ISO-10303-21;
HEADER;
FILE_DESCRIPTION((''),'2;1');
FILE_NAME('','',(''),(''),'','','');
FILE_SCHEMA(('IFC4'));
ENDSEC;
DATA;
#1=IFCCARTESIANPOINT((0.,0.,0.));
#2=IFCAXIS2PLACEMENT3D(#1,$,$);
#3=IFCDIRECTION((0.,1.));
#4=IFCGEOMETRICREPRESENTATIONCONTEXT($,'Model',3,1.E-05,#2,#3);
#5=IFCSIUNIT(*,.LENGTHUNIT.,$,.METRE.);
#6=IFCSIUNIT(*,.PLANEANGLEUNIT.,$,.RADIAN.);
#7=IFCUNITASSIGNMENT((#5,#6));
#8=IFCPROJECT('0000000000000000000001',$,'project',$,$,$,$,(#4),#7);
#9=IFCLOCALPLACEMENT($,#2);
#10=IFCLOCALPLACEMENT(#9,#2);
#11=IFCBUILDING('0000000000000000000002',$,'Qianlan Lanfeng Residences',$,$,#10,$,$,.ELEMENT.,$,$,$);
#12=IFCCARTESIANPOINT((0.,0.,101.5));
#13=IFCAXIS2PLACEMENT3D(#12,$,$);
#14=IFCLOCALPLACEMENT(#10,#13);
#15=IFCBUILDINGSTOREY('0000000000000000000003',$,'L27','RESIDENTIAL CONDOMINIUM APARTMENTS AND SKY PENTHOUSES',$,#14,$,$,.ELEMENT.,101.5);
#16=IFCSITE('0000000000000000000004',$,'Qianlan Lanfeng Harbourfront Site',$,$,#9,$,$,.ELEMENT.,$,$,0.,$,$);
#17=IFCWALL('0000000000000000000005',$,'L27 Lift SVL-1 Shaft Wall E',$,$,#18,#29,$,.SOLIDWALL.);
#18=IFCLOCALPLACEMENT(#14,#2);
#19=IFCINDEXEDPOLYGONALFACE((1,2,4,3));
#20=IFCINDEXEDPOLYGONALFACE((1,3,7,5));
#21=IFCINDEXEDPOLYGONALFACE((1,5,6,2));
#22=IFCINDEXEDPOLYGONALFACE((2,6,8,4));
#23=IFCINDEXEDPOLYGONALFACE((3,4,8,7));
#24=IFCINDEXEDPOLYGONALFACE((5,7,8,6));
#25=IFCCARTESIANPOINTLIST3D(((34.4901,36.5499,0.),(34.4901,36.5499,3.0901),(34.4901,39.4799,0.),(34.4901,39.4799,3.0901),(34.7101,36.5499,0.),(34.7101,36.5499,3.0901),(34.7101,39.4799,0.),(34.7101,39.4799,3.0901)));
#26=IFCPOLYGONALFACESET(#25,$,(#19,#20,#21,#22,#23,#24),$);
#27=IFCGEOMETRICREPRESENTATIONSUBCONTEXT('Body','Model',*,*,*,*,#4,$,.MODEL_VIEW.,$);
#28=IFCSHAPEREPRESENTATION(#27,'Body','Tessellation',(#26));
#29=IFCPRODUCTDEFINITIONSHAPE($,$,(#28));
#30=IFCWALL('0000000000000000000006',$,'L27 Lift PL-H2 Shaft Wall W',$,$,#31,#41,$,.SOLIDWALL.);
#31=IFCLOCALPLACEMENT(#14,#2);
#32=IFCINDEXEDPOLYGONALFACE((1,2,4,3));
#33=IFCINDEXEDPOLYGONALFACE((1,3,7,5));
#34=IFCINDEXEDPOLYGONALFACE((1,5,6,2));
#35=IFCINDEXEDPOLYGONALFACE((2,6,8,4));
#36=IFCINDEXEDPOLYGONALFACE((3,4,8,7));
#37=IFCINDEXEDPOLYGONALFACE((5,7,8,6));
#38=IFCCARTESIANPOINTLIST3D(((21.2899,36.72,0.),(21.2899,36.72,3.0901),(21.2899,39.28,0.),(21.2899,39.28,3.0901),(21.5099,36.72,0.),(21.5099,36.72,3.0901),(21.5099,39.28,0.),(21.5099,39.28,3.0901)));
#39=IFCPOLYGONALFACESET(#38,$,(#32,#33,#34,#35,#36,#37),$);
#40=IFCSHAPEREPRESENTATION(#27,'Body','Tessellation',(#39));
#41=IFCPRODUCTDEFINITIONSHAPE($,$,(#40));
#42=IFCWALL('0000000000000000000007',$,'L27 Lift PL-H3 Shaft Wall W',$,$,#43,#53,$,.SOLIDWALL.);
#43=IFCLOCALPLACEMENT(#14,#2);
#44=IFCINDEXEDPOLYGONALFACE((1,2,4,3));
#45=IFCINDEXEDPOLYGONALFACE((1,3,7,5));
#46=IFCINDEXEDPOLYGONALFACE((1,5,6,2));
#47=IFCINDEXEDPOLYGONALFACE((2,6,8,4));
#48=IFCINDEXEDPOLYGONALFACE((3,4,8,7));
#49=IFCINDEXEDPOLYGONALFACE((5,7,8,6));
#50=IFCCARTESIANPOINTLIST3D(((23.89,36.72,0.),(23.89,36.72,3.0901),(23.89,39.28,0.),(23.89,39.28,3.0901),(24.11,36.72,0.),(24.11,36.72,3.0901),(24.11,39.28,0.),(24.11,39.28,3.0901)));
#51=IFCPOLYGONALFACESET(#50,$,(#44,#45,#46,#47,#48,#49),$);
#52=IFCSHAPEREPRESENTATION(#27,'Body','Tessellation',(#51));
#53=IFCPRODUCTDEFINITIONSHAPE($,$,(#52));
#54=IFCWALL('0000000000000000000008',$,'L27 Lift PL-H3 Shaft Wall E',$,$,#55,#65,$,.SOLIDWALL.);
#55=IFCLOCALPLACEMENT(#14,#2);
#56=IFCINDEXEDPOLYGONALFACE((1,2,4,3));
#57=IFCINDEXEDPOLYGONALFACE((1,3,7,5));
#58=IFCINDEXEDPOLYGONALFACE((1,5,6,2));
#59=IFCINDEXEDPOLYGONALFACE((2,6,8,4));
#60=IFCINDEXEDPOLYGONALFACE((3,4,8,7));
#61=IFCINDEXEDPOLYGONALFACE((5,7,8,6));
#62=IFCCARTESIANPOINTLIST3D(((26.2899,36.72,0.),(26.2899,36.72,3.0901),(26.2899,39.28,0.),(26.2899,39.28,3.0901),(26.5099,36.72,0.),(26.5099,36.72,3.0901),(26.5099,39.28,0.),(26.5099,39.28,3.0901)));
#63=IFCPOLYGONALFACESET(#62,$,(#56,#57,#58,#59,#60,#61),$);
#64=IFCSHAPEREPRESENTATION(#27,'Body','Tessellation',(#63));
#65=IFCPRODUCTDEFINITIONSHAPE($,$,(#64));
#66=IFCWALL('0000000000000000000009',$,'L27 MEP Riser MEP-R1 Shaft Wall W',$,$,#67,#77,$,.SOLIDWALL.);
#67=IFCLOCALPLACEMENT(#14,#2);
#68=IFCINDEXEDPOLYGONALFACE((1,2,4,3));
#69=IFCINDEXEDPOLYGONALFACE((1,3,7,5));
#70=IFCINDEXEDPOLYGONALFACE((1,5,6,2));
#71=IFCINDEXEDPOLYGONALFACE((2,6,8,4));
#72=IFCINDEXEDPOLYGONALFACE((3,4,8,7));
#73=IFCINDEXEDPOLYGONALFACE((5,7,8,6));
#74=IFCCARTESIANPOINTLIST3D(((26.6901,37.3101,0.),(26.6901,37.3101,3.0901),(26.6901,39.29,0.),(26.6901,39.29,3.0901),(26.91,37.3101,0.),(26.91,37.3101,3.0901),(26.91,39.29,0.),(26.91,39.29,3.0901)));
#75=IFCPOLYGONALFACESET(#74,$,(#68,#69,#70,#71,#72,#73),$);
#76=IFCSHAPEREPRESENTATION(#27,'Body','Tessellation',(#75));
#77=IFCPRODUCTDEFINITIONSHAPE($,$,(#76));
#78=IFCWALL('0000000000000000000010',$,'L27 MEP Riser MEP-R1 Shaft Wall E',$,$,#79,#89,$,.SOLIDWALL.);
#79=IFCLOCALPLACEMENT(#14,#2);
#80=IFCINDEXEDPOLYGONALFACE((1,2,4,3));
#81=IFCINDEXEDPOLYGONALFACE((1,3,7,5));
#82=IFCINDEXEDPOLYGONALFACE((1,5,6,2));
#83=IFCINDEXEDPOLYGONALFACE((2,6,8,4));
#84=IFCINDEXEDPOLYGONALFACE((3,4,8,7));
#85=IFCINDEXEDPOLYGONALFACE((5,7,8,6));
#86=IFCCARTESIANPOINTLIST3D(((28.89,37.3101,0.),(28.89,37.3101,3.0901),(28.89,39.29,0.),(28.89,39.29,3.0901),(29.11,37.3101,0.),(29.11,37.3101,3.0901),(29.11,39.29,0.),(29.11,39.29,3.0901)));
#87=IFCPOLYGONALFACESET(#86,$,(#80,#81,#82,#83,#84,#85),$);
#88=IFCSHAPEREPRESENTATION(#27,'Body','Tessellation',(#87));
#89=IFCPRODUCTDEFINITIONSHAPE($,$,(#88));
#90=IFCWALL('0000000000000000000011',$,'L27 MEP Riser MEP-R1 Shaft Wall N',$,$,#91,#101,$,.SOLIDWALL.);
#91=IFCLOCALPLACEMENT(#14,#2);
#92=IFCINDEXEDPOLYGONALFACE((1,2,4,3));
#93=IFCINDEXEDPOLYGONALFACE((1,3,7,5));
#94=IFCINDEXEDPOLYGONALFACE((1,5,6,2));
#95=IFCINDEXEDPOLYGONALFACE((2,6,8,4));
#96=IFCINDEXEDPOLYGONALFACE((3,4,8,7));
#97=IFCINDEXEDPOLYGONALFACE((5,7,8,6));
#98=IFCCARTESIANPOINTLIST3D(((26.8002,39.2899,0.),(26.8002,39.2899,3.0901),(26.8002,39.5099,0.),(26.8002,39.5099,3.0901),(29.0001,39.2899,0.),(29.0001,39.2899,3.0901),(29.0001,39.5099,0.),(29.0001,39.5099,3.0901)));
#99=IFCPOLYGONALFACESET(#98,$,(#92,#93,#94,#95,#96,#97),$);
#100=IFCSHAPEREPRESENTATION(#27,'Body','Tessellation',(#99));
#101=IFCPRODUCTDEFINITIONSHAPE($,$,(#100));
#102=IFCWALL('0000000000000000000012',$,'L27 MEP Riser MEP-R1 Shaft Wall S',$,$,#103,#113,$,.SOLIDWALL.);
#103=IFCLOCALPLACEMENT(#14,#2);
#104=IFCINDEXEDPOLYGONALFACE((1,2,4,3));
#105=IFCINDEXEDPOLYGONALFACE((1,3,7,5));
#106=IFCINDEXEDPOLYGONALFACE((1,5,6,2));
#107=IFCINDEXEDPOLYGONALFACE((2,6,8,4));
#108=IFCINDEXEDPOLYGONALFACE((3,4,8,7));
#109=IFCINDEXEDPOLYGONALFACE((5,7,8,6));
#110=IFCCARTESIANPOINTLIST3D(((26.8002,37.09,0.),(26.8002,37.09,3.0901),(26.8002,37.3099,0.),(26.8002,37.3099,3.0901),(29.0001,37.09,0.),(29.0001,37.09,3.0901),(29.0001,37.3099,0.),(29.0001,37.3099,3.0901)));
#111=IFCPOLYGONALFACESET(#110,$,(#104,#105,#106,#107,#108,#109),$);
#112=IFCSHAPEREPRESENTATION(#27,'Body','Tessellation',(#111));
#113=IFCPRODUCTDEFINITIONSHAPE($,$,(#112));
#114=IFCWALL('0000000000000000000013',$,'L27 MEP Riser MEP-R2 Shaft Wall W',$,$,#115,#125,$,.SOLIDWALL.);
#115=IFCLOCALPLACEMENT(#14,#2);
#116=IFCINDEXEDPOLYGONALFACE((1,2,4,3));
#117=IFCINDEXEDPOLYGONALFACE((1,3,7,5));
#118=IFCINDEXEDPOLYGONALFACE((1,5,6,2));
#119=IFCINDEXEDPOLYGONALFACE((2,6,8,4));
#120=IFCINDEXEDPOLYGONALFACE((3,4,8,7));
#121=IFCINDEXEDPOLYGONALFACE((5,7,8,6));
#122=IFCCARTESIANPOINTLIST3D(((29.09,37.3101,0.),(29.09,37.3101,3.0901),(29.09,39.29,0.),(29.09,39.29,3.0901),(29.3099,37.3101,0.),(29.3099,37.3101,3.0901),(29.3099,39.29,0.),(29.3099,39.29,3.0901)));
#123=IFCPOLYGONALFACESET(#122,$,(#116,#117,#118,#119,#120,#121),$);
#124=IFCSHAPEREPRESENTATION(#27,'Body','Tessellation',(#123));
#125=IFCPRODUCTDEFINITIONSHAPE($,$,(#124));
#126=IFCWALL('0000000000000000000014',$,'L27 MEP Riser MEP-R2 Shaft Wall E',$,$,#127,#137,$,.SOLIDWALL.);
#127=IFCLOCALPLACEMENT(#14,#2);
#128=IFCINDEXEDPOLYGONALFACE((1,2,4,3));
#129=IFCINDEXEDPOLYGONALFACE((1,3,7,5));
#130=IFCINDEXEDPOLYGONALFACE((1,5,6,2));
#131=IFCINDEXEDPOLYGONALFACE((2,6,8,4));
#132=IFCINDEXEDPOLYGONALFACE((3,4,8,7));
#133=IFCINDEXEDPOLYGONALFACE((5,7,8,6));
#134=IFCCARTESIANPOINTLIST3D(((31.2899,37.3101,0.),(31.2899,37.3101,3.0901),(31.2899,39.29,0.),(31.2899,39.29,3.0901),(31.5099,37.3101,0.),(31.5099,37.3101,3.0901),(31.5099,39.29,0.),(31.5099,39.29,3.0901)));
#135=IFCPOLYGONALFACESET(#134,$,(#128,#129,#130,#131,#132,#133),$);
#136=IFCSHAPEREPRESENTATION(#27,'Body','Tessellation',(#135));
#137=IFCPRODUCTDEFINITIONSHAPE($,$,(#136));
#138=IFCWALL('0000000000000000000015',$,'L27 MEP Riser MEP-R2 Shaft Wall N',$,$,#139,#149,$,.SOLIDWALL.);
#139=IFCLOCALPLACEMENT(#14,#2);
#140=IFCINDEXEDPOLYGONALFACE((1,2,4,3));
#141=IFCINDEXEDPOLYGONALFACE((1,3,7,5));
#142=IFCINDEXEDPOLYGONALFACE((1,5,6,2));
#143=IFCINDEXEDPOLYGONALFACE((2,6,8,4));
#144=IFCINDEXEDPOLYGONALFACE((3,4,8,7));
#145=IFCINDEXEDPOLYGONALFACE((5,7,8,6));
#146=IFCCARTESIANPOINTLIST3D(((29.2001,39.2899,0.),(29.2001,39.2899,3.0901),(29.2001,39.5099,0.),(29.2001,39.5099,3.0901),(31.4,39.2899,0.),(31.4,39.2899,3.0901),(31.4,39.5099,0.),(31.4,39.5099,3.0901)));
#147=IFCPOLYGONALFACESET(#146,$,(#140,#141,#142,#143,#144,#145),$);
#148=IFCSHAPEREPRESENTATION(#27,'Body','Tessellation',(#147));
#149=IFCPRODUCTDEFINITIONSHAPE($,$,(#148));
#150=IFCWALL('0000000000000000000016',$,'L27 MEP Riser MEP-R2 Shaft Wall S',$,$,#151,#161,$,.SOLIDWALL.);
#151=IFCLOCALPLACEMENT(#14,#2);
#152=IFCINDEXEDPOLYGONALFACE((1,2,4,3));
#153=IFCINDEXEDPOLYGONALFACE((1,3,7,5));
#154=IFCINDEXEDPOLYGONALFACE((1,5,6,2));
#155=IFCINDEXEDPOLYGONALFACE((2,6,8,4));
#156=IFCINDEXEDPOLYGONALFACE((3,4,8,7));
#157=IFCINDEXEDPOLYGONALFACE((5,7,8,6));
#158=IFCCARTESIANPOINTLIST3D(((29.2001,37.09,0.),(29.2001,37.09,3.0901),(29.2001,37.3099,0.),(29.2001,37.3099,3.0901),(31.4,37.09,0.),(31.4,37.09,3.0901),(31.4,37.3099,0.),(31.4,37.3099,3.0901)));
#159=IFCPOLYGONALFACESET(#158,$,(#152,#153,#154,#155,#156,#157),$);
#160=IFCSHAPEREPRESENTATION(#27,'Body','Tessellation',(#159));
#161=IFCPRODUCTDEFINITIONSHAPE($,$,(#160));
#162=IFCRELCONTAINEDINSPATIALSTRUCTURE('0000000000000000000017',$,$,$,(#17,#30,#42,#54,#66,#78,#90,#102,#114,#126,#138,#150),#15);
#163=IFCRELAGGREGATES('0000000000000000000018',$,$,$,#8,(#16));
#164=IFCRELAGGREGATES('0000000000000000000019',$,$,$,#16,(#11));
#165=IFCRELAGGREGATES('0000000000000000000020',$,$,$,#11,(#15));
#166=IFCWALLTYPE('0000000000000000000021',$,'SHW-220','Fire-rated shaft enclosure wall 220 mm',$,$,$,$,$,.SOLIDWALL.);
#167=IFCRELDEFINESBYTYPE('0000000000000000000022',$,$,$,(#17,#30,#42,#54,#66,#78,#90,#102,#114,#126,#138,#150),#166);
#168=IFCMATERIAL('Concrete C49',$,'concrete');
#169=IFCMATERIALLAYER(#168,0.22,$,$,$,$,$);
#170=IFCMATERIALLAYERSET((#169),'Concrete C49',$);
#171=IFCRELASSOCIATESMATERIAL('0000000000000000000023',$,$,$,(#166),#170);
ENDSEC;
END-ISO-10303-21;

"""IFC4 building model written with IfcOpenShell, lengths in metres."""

from ifc_helpers import new_model, si_unit, direction, frame, frame_2d, origin, place, context, subcontext, project, spatial, rectangle, extrude, material, layer, layer_set, type_object, element, save


model = new_model("IFC4")

# Units and contexts
model_context = context("Model", 3, precision=1e-05, world=origin(), true_north=direction((0.0, 1.0)))
body_context = subcontext(model_context, "Body", "Model", "MODEL_VIEW")
ifc_project = project(units=[si_unit("LENGTHUNIT", "METRE"), si_unit("PLANEANGLEUNIT", "RADIAN")], contexts=[model_context])

# Site, building, storey
site_placement = place(None, origin())
site = spatial("IfcSite", under=ifc_project, at=site_placement, Name="Qianlan Lanfeng Harbourfront Site", CompositionType="ELEMENT", RefElevation=0.0)
building_placement = place(site_placement, origin())
building = spatial("IfcBuilding", under=site, at=building_placement, Name="Qianlan Lanfeng Residences", CompositionType="ELEMENT")
storey_placement = place(building_placement, frame((0.0, 0.0, 101.5)))
storey = spatial("IfcBuildingStorey", under=building, at=storey_placement, Name="L27", Description="RESIDENTIAL CONDOMINIUM APARTMENTS AND SKY PENTHOUSES", CompositionType="ELEMENT", Elevation=101.5)

# Walls
ifc_material_1 = material(Name="Concrete C49", Category="concrete")
ifc_layer_1 = layer(ifc_material_1, 0.22)
ifc_layer_set_1 = layer_set([ifc_layer_1], Name="Concrete C49")
wall_type_1 = type_object("IfcWallType", Name="SHW-220", Description="Fire-rated shaft enclosure wall 220 mm", PredefinedType="SOLIDWALL", material=ifc_layer_set_1)
for number, where, z_axis, x_axis, name in (
    (1, (34.6001, 36.55, 0.0), (0.0, 0.0, 1.0), (0.0, 1.0, 0.0), "L27 Lift SVL-1 Shaft Wall E"),
):
    element("IfcWall", number, at=place(storey_placement, frame(where, z_axis=z_axis, x_axis=x_axis)), inside=storey, type_object=wall_type_1, Name=name, PredefinedType="SOLIDWALL", context=body_context, shape_type="SweptSolid", body=[
        extrude(rectangle(XDim=2.9299, YDim=0.22, at=frame_2d((1.4648, 0.0))), origin(), (0.0, 0.0, 1.0), 3.0901),
    ])
for number, where, z_axis, x_axis, name in (
    (2, (21.3999, 36.72, 0.0), (0.0, 0.0, 1.0), (0.0, 1.0, 0.0), "L27 Lift PL-H2 Shaft Wall W"),
    (3, (24.0, 36.72, 0.0), (0.0, 0.0, 1.0), (0.0, 1.0, 0.0), "L27 Lift PL-H3 Shaft Wall W"),
    (4, (26.3999, 36.72, 0.0), (0.0, 0.0, 1.0), (0.0, 1.0, 0.0), "L27 Lift PL-H3 Shaft Wall E"),
):
    element("IfcWall", number, at=place(storey_placement, frame(where, z_axis=z_axis, x_axis=x_axis)), inside=storey, type_object=wall_type_1, Name=name, PredefinedType="SOLIDWALL", context=body_context, shape_type="SweptSolid", body=[
        extrude(rectangle(XDim=2.5601, YDim=0.22, at=frame_2d((1.28, 0.0))), origin(), (0.0, 0.0, 1.0), 3.0901),
    ])
for number, where, z_axis, x_axis, name in (
    (5, (26.8, 37.3101, 0.0), (0.0, 0.0, 1.0), (0.0, 1.0, 0.0), "L27 MEP Riser MEP-R1 Shaft Wall W"),
    (6, (29.0, 37.3101, 0.0), (0.0, 0.0, 1.0), (0.0, 1.0, 0.0), "L27 MEP Riser MEP-R1 Shaft Wall E"),
):
    element("IfcWall", number, at=place(storey_placement, frame(where, z_axis=z_axis, x_axis=x_axis)), inside=storey, type_object=wall_type_1, Name=name, PredefinedType="SOLIDWALL", context=body_context, shape_type="SweptSolid", body=[
        extrude(rectangle(XDim=1.98, YDim=0.22, at=frame_2d((0.99, 0.0))), origin(), (0.0, 0.0, 1.0), 3.0901),
    ])
for number, where, z_axis, x_axis, name in (
    (7, (26.8, 39.3999, 0.0), (0.0, 0.0, 1.0), (1.0, 0.0, 0.0), "L27 MEP Riser MEP-R1 Shaft Wall N"),
    (8, (26.8, 37.2, 0.0), (0.0, 0.0, 1.0), (1.0, 0.0, 0.0), "L27 MEP Riser MEP-R1 Shaft Wall S"),
):
    element("IfcWall", number, at=place(storey_placement, frame(where, z_axis=z_axis, x_axis=x_axis)), inside=storey, type_object=wall_type_1, Name=name, PredefinedType="SOLIDWALL", context=body_context, shape_type="SweptSolid", body=[
        extrude(rectangle(XDim=2.2, YDim=0.22, at=frame_2d((1.1001, 0.0))), origin(), (0.0, 0.0, 1.0), 3.0901),
    ])
for number, where, z_axis, x_axis, name in (
    (9, (29.2, 37.3101, 0.0), (0.0, 0.0, 1.0), (0.0, 1.0, 0.0), "L27 MEP Riser MEP-R2 Shaft Wall W"),
    (10, (31.3999, 37.3101, 0.0), (0.0, 0.0, 1.0), (0.0, 1.0, 0.0), "L27 MEP Riser MEP-R2 Shaft Wall E"),
):
    element("IfcWall", number, at=place(storey_placement, frame(where, z_axis=z_axis, x_axis=x_axis)), inside=storey, type_object=wall_type_1, Name=name, PredefinedType="SOLIDWALL", context=body_context, shape_type="SweptSolid", body=[
        extrude(rectangle(XDim=1.98, YDim=0.22, at=frame_2d((0.99, 0.0))), origin(), (0.0, 0.0, 1.0), 3.0901),
    ])
for number, where, z_axis, x_axis, name in (
    (11, (29.2, 39.3999, 0.0), (0.0, 0.0, 1.0), (1.0, 0.0, 0.0), "L27 MEP Riser MEP-R2 Shaft Wall N"),
    (12, (29.2, 37.2, 0.0), (0.0, 0.0, 1.0), (1.0, 0.0, 0.0), "L27 MEP Riser MEP-R2 Shaft Wall S"),
):
    element("IfcWall", number, at=place(storey_placement, frame(where, z_axis=z_axis, x_axis=x_axis)), inside=storey, type_object=wall_type_1, Name=name, PredefinedType="SOLIDWALL", context=body_context, shape_type="SweptSolid", body=[
        extrude(rectangle(XDim=2.2, YDim=0.22, at=frame_2d((1.1001, 0.0))), origin(), (0.0, 0.0, 1.0), 3.0901),
    ])

save(model, "model.ifc")
